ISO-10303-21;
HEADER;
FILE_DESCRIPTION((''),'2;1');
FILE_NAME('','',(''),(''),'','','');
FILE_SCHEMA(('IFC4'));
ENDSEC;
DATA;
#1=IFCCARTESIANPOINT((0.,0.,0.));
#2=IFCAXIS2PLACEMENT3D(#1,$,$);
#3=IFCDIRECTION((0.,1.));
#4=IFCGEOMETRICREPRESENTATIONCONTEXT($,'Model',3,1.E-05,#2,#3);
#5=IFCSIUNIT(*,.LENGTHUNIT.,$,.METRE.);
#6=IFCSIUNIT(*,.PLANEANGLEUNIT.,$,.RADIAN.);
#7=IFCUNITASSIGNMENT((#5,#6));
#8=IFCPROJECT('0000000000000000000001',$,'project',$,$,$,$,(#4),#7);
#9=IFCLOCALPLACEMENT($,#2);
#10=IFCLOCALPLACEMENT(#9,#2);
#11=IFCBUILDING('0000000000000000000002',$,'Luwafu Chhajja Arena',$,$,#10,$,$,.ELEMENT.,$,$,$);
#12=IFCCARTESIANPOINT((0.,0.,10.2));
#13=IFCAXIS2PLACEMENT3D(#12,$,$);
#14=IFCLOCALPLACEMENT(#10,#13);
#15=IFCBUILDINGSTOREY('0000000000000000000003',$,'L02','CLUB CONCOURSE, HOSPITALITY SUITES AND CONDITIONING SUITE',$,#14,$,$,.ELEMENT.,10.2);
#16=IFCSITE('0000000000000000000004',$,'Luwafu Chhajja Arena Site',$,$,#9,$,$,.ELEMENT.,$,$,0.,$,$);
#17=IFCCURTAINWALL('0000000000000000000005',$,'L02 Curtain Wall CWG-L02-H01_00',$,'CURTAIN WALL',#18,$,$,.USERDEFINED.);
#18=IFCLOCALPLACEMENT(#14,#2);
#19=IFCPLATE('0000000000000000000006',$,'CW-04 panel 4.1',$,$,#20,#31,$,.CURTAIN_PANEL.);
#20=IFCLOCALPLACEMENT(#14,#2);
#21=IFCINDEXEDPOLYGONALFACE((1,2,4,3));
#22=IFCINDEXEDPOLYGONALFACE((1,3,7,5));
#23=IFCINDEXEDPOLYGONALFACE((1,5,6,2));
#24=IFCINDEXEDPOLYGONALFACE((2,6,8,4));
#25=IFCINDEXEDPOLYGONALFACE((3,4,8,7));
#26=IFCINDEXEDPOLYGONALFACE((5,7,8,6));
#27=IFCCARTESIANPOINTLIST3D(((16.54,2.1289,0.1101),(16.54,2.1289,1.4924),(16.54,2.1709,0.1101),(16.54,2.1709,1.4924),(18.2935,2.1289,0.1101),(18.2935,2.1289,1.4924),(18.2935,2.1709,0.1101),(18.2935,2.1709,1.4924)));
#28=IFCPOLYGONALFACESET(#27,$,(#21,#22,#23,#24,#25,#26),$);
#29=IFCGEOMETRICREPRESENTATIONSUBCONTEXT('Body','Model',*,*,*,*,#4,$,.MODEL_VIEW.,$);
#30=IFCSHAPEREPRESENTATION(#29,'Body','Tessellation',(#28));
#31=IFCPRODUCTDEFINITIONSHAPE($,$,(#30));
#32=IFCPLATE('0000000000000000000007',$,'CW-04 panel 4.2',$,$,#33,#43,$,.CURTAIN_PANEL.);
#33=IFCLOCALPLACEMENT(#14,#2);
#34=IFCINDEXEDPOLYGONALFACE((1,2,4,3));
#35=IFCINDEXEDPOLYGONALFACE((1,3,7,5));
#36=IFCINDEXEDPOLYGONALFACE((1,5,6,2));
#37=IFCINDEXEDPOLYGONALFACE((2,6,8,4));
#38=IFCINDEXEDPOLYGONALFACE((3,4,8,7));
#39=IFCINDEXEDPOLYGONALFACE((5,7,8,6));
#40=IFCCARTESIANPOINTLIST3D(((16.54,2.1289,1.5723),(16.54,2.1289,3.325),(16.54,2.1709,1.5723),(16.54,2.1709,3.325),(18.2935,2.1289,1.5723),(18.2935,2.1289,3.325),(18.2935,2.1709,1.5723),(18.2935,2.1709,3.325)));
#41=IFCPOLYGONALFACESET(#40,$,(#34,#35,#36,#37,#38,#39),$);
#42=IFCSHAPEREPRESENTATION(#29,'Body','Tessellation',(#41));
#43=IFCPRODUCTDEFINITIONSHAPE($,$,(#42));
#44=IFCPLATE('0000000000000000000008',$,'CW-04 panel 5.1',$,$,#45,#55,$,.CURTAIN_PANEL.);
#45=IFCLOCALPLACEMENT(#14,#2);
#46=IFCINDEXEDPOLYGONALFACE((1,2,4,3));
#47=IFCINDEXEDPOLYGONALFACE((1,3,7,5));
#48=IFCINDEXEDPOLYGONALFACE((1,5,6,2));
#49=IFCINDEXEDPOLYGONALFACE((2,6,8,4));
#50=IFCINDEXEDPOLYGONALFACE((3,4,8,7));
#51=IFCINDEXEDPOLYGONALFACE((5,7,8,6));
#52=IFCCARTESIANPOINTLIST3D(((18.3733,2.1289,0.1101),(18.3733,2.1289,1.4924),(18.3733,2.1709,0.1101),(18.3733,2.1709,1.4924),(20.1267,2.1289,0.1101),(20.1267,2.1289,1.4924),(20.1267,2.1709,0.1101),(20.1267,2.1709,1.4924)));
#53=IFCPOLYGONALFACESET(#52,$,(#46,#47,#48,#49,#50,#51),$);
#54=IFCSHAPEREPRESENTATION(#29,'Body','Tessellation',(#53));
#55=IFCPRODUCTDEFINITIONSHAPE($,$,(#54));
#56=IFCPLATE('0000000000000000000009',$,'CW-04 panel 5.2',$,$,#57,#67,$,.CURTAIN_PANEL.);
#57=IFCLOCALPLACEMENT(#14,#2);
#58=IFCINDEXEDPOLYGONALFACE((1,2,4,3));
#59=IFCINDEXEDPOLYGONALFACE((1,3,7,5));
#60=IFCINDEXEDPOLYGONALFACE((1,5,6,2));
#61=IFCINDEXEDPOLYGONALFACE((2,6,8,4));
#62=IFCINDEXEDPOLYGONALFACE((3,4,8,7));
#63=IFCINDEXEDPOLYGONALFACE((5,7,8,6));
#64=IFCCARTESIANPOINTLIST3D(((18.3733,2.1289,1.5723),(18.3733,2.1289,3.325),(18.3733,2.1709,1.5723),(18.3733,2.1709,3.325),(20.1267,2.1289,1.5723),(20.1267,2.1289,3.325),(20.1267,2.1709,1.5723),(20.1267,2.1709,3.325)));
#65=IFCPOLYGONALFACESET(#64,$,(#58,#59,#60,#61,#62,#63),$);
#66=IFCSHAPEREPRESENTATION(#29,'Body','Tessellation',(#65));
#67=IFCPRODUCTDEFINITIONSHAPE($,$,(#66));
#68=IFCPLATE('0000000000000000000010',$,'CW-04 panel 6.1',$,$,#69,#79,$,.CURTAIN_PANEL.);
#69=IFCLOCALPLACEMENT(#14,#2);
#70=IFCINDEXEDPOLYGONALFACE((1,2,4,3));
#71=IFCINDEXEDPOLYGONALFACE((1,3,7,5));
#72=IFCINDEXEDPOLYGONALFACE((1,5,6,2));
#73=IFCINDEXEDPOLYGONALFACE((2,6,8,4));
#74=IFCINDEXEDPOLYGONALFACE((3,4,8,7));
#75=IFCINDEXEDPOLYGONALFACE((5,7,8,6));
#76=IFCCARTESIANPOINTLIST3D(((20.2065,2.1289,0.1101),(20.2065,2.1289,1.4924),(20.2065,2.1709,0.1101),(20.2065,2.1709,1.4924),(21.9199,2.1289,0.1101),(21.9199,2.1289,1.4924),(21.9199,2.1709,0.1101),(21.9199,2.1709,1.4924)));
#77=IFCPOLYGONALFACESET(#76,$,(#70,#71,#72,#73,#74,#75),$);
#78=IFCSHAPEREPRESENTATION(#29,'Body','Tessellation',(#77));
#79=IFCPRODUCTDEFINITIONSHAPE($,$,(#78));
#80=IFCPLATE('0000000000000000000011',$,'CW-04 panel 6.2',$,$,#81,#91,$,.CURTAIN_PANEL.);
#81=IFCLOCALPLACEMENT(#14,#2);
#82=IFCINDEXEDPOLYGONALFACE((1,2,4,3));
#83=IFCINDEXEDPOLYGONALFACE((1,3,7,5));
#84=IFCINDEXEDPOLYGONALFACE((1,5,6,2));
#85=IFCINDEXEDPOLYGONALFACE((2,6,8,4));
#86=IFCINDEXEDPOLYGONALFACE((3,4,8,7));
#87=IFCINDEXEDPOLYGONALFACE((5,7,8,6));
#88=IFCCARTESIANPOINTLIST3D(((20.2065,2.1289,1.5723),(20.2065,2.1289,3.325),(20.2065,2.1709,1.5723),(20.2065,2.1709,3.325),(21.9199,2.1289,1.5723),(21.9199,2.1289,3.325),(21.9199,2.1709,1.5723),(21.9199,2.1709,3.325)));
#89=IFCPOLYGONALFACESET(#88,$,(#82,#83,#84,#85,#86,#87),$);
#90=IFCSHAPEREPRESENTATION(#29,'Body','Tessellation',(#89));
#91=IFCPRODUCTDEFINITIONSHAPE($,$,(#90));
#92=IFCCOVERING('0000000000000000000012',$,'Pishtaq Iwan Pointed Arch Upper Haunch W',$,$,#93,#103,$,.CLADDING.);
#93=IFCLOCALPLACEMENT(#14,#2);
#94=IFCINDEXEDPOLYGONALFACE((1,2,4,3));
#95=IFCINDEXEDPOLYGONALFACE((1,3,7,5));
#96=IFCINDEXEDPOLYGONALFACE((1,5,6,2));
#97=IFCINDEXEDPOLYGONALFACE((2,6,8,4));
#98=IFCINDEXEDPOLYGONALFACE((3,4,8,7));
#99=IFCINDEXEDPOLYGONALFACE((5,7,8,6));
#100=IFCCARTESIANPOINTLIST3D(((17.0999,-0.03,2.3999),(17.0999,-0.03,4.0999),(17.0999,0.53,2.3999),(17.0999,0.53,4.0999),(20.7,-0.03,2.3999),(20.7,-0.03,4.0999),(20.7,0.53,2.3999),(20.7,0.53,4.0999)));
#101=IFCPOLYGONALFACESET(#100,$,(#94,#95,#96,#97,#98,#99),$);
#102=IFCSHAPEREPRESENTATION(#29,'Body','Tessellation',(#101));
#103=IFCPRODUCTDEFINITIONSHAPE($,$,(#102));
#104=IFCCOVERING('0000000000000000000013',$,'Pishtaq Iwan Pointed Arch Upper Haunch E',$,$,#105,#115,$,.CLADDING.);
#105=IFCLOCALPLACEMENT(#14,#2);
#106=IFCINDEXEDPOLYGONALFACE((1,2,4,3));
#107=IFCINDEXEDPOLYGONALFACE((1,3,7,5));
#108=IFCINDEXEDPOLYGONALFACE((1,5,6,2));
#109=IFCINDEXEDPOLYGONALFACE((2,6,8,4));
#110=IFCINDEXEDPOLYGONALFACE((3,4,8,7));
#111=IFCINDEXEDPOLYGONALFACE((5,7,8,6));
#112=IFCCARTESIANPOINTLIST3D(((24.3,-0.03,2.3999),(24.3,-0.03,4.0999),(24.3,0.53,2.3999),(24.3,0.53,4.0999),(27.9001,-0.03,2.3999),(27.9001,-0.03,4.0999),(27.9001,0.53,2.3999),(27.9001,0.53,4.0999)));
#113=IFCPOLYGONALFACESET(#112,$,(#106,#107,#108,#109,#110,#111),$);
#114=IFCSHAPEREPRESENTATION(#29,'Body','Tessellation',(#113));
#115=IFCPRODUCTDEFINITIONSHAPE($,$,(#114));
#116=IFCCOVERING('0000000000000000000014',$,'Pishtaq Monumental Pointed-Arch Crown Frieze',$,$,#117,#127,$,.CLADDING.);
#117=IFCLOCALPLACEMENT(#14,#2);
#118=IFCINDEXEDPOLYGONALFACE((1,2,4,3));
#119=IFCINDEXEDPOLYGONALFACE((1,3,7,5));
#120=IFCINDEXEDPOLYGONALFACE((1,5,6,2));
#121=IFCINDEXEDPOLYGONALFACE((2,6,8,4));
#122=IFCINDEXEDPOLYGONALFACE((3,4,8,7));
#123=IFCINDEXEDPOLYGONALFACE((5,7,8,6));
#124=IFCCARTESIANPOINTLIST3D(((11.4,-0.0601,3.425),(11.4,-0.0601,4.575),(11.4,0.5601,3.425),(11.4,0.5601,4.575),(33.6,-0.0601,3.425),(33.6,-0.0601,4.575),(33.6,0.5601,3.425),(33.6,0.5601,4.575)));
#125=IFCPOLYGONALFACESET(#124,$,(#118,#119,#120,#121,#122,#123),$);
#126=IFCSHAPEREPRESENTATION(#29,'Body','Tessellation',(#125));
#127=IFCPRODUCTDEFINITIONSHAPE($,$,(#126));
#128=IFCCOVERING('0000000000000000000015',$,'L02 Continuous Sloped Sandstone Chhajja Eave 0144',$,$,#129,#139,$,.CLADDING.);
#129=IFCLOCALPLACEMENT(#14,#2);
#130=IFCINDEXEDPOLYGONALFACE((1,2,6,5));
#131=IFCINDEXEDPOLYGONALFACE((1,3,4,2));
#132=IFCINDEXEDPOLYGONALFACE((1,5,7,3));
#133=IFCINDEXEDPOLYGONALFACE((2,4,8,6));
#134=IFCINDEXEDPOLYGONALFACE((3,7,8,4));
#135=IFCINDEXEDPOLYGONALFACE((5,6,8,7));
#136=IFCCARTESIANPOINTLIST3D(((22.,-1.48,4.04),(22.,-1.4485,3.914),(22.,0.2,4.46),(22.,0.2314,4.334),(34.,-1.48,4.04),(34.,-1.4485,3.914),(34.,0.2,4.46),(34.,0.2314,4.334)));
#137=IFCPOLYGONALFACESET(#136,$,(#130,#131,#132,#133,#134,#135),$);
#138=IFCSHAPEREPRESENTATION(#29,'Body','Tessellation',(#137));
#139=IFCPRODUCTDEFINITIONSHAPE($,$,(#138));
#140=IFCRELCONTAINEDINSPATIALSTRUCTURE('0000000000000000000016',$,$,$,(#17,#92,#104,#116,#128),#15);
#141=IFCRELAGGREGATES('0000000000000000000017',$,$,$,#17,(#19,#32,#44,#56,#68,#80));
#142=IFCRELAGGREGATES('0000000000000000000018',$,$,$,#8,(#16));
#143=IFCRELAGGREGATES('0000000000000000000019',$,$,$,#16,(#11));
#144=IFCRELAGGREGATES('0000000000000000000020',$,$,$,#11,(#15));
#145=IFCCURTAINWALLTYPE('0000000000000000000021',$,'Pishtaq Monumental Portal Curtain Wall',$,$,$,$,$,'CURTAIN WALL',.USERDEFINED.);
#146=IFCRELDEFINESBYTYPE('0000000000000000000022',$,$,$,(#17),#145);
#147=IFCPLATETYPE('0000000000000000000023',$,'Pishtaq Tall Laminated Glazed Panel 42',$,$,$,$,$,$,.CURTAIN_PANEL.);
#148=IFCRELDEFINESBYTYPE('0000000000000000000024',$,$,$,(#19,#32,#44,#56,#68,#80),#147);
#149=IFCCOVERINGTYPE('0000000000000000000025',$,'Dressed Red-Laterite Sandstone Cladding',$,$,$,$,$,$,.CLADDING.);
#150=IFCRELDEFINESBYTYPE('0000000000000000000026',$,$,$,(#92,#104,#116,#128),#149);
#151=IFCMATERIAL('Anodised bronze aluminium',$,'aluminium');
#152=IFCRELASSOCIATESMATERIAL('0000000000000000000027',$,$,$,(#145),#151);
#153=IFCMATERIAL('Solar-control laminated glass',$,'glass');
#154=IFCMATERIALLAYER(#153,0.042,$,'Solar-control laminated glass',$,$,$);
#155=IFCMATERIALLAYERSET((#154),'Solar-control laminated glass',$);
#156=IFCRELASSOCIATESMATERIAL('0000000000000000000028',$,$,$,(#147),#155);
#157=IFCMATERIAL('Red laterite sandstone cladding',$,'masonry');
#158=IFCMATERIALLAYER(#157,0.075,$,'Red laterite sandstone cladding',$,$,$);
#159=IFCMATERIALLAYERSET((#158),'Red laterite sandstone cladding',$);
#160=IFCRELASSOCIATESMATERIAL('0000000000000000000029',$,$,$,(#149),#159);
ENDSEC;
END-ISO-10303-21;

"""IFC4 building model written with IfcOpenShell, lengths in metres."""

from ifc_helpers import new_model, si_unit, direction, frame, origin, origin_2d, place, context, subcontext, project, spatial, polyline, rectangle, outline, extrude, material, layer, layer_set, type_object, element, aggregate, save


model = new_model("IFC4")

# Units and contexts
model_context = context("Model", 3, precision=1e-05, world=origin(), true_north=direction((0.0, 1.0)))
body_context = subcontext(model_context, "Body", "Model", "MODEL_VIEW")
ifc_project = project(units=[si_unit("LENGTHUNIT", "METRE"), si_unit("PLANEANGLEUNIT", "RADIAN")], contexts=[model_context])

# Site, building, storey
site_placement = place(None, origin())
site = spatial("IfcSite", under=ifc_project, at=site_placement, Name="Luwafu Chhajja Arena Site", CompositionType="ELEMENT", RefElevation=0.0)
building_placement = place(site_placement, origin())
building = spatial("IfcBuilding", under=site, at=building_placement, Name="Luwafu Chhajja Arena", CompositionType="ELEMENT")
storey_placement = place(building_placement, frame((0.0, 0.0, 10.2)))
storey = spatial("IfcBuildingStorey", under=building, at=storey_placement, Name="L02", Description="CLUB CONCOURSE, HOSPITALITY SUITES AND CONDITIONING SUITE", CompositionType="ELEMENT", Elevation=10.2)

# Curtain wall
ifc_material_1 = material(Name="Anodised bronze aluminium", Category="aluminium")
curtain_wall_type = type_object("IfcCurtainWallType", Name="Pishtaq Monumental Portal Curtain Wall", ElementType="CURTAIN WALL", PredefinedType="USERDEFINED", material=ifc_material_1)
curtain_wall_1_placement = place(storey_placement, origin())
curtain_wall_1 = element("IfcCurtainWall", 1, at=curtain_wall_1_placement, inside=storey, type_object=curtain_wall_type, Name="L02 Curtain Wall CWG-L02-H01_00", ObjectType="CURTAIN WALL", PredefinedType="USERDEFINED")

# Plates
ifc_material_2 = material(Name="Solar-control laminated glass", Category="glass")
ifc_layer_1 = layer(ifc_material_2, 0.042, Name="Solar-control laminated glass")
ifc_layer_set_1 = layer_set([ifc_layer_1], Name="Solar-control laminated glass")
plate_type = type_object("IfcPlateType", Name="Pishtaq Tall Laminated Glazed Panel 42", PredefinedType="CURTAIN_PANEL", material=ifc_layer_set_1)
plate_1_placement = place(storey_placement, frame((17.4167, 2.1499, 0.1101), z_axis=(0.0, 0.0, 1.0), x_axis=(1.0, 0.0, 0.0)))
plate_1 = element("IfcPlate", 2, at=plate_1_placement, type_object=plate_type, Name="CW-04 panel 4.1", PredefinedType="CURTAIN_PANEL", context=body_context, shape_type="SweptSolid", body=[
    extrude(rectangle(XDim=1.7534, YDim=0.042, at=origin_2d()), origin(), (0.0, 0.0, 1.0), 1.3823),
])
plate_2_placement = place(storey_placement, frame((17.4167, 2.1499, 1.5723), z_axis=(0.0, 0.0, 1.0), x_axis=(1.0, 0.0, 0.0)))
plate_2 = element("IfcPlate", 3, at=plate_2_placement, type_object=plate_type, Name="CW-04 panel 4.2", PredefinedType="CURTAIN_PANEL", context=body_context, shape_type="SweptSolid", body=[
    extrude(rectangle(XDim=1.7534, YDim=0.042, at=origin_2d()), origin(), (0.0, 0.0, 1.0), 1.7527),
])
plate_3_placement = place(storey_placement, frame((19.25, 2.1499, 0.1101), z_axis=(0.0, 0.0, 1.0), x_axis=(1.0, 0.0, 0.0)))
plate_3 = element("IfcPlate", 4, at=plate_3_placement, type_object=plate_type, Name="CW-04 panel 5.1", PredefinedType="CURTAIN_PANEL", context=body_context, shape_type="SweptSolid", body=[
    extrude(rectangle(XDim=1.7534, YDim=0.042, at=origin_2d()), origin(), (0.0, 0.0, 1.0), 1.3823),
])
plate_4_placement = place(storey_placement, frame((19.25, 2.1499, 1.5723), z_axis=(0.0, 0.0, 1.0), x_axis=(1.0, 0.0, 0.0)))
plate_4 = element("IfcPlate", 5, at=plate_4_placement, type_object=plate_type, Name="CW-04 panel 5.2", PredefinedType="CURTAIN_PANEL", context=body_context, shape_type="SweptSolid", body=[
    extrude(rectangle(XDim=1.7534, YDim=0.042, at=origin_2d()), origin(), (0.0, 0.0, 1.0), 1.7527),
])
plate_5_placement = place(storey_placement, frame((21.0632, 2.1499, 0.1101), z_axis=(0.0, 0.0, 1.0), x_axis=(1.0, 0.0, 0.0)))
plate_5 = element("IfcPlate", 6, at=plate_5_placement, type_object=plate_type, Name="CW-04 panel 6.1", PredefinedType="CURTAIN_PANEL", context=body_context, shape_type="SweptSolid", body=[
    extrude(rectangle(XDim=1.7134, YDim=0.042, at=origin_2d()), origin(), (0.0, 0.0, 1.0), 1.3823),
])
plate_6_placement = place(storey_placement, frame((21.0632, 2.1499, 1.5723), z_axis=(0.0, 0.0, 1.0), x_axis=(1.0, 0.0, 0.0)))
plate_6 = element("IfcPlate", 7, at=plate_6_placement, type_object=plate_type, Name="CW-04 panel 6.2", PredefinedType="CURTAIN_PANEL", context=body_context, shape_type="SweptSolid", body=[
    extrude(rectangle(XDim=1.7134, YDim=0.042, at=origin_2d()), origin(), (0.0, 0.0, 1.0), 1.7527),
])
aggregate(curtain_wall_1, [plate_1, plate_2, plate_3, plate_4, plate_5, plate_6])

# Coverings
ifc_material_3 = material(Name="Red laterite sandstone cladding", Category="masonry")
ifc_layer_2 = layer(ifc_material_3, 0.075, Name="Red laterite sandstone cladding")
ifc_layer_set_2 = layer_set([ifc_layer_2], Name="Red laterite sandstone cladding")
covering_type = type_object("IfcCoveringType", Name="Dressed Red-Laterite Sandstone Cladding", PredefinedType="CLADDING", material=ifc_layer_set_2)
for number, where, z_axis, x_axis, name in (
    (8, (18.8999, 0.25, 2.3999), (0.0, 0.0, 1.0), (1.0, 0.0, 0.0), "Pishtaq Iwan Pointed Arch Upper Haunch W"),
    (9, (26.1001, 0.25, 2.3999), (0.0, 0.0, 1.0), (1.0, 0.0, 0.0), "Pishtaq Iwan Pointed Arch Upper Haunch E"),
):
    element("IfcCovering", number, at=place(storey_placement, frame(where, z_axis=z_axis, x_axis=x_axis)), inside=storey, type_object=covering_type, Name=name, PredefinedType="CLADDING", context=body_context, shape_type="SweptSolid", body=[
        extrude(rectangle(XDim=3.6001, YDim=0.5601, at=origin_2d()), origin(), (0.0, 0.0, 1.0), 1.7),
    ])
covering_1_placement = place(storey_placement, frame((22.5, 0.25, 3.425), z_axis=(0.0, 0.0, 1.0), x_axis=(1.0, 0.0, 0.0)))
element("IfcCovering", 10, at=covering_1_placement, inside=storey, type_object=covering_type, Name="Pishtaq Monumental Pointed-Arch Crown Frieze", PredefinedType="CLADDING", context=body_context, shape_type="SweptSolid", body=[
    extrude(rectangle(XDim=22.2, YDim=0.6201, at=origin_2d()), origin(), (0.0, 0.0, 1.0), 1.1499),
])
covering_2_placement = place(storey_placement, frame((22.0, 0.2, 4.46), z_axis=(0.0, -0.242502, 0.970151), x_axis=(1.0, 0.0, 0.0)))
element("IfcCovering", 11, at=covering_2_placement, inside=storey, type_object=covering_type, Name="L02 Continuous Sloped Sandstone Chhajja Eave 0144", PredefinedType="CLADDING", context=body_context, shape_type="SweptSolid", body=[
    extrude(outline(polyline([(0.0, 0.0), (12.0, 0.0), (12.0, -1.7316), (0.0, -1.7316), (0.0, 0.0)])), origin(), (0.0, 0.0, -1.0), 0.1299),
])

save(model, "model.ifc")
